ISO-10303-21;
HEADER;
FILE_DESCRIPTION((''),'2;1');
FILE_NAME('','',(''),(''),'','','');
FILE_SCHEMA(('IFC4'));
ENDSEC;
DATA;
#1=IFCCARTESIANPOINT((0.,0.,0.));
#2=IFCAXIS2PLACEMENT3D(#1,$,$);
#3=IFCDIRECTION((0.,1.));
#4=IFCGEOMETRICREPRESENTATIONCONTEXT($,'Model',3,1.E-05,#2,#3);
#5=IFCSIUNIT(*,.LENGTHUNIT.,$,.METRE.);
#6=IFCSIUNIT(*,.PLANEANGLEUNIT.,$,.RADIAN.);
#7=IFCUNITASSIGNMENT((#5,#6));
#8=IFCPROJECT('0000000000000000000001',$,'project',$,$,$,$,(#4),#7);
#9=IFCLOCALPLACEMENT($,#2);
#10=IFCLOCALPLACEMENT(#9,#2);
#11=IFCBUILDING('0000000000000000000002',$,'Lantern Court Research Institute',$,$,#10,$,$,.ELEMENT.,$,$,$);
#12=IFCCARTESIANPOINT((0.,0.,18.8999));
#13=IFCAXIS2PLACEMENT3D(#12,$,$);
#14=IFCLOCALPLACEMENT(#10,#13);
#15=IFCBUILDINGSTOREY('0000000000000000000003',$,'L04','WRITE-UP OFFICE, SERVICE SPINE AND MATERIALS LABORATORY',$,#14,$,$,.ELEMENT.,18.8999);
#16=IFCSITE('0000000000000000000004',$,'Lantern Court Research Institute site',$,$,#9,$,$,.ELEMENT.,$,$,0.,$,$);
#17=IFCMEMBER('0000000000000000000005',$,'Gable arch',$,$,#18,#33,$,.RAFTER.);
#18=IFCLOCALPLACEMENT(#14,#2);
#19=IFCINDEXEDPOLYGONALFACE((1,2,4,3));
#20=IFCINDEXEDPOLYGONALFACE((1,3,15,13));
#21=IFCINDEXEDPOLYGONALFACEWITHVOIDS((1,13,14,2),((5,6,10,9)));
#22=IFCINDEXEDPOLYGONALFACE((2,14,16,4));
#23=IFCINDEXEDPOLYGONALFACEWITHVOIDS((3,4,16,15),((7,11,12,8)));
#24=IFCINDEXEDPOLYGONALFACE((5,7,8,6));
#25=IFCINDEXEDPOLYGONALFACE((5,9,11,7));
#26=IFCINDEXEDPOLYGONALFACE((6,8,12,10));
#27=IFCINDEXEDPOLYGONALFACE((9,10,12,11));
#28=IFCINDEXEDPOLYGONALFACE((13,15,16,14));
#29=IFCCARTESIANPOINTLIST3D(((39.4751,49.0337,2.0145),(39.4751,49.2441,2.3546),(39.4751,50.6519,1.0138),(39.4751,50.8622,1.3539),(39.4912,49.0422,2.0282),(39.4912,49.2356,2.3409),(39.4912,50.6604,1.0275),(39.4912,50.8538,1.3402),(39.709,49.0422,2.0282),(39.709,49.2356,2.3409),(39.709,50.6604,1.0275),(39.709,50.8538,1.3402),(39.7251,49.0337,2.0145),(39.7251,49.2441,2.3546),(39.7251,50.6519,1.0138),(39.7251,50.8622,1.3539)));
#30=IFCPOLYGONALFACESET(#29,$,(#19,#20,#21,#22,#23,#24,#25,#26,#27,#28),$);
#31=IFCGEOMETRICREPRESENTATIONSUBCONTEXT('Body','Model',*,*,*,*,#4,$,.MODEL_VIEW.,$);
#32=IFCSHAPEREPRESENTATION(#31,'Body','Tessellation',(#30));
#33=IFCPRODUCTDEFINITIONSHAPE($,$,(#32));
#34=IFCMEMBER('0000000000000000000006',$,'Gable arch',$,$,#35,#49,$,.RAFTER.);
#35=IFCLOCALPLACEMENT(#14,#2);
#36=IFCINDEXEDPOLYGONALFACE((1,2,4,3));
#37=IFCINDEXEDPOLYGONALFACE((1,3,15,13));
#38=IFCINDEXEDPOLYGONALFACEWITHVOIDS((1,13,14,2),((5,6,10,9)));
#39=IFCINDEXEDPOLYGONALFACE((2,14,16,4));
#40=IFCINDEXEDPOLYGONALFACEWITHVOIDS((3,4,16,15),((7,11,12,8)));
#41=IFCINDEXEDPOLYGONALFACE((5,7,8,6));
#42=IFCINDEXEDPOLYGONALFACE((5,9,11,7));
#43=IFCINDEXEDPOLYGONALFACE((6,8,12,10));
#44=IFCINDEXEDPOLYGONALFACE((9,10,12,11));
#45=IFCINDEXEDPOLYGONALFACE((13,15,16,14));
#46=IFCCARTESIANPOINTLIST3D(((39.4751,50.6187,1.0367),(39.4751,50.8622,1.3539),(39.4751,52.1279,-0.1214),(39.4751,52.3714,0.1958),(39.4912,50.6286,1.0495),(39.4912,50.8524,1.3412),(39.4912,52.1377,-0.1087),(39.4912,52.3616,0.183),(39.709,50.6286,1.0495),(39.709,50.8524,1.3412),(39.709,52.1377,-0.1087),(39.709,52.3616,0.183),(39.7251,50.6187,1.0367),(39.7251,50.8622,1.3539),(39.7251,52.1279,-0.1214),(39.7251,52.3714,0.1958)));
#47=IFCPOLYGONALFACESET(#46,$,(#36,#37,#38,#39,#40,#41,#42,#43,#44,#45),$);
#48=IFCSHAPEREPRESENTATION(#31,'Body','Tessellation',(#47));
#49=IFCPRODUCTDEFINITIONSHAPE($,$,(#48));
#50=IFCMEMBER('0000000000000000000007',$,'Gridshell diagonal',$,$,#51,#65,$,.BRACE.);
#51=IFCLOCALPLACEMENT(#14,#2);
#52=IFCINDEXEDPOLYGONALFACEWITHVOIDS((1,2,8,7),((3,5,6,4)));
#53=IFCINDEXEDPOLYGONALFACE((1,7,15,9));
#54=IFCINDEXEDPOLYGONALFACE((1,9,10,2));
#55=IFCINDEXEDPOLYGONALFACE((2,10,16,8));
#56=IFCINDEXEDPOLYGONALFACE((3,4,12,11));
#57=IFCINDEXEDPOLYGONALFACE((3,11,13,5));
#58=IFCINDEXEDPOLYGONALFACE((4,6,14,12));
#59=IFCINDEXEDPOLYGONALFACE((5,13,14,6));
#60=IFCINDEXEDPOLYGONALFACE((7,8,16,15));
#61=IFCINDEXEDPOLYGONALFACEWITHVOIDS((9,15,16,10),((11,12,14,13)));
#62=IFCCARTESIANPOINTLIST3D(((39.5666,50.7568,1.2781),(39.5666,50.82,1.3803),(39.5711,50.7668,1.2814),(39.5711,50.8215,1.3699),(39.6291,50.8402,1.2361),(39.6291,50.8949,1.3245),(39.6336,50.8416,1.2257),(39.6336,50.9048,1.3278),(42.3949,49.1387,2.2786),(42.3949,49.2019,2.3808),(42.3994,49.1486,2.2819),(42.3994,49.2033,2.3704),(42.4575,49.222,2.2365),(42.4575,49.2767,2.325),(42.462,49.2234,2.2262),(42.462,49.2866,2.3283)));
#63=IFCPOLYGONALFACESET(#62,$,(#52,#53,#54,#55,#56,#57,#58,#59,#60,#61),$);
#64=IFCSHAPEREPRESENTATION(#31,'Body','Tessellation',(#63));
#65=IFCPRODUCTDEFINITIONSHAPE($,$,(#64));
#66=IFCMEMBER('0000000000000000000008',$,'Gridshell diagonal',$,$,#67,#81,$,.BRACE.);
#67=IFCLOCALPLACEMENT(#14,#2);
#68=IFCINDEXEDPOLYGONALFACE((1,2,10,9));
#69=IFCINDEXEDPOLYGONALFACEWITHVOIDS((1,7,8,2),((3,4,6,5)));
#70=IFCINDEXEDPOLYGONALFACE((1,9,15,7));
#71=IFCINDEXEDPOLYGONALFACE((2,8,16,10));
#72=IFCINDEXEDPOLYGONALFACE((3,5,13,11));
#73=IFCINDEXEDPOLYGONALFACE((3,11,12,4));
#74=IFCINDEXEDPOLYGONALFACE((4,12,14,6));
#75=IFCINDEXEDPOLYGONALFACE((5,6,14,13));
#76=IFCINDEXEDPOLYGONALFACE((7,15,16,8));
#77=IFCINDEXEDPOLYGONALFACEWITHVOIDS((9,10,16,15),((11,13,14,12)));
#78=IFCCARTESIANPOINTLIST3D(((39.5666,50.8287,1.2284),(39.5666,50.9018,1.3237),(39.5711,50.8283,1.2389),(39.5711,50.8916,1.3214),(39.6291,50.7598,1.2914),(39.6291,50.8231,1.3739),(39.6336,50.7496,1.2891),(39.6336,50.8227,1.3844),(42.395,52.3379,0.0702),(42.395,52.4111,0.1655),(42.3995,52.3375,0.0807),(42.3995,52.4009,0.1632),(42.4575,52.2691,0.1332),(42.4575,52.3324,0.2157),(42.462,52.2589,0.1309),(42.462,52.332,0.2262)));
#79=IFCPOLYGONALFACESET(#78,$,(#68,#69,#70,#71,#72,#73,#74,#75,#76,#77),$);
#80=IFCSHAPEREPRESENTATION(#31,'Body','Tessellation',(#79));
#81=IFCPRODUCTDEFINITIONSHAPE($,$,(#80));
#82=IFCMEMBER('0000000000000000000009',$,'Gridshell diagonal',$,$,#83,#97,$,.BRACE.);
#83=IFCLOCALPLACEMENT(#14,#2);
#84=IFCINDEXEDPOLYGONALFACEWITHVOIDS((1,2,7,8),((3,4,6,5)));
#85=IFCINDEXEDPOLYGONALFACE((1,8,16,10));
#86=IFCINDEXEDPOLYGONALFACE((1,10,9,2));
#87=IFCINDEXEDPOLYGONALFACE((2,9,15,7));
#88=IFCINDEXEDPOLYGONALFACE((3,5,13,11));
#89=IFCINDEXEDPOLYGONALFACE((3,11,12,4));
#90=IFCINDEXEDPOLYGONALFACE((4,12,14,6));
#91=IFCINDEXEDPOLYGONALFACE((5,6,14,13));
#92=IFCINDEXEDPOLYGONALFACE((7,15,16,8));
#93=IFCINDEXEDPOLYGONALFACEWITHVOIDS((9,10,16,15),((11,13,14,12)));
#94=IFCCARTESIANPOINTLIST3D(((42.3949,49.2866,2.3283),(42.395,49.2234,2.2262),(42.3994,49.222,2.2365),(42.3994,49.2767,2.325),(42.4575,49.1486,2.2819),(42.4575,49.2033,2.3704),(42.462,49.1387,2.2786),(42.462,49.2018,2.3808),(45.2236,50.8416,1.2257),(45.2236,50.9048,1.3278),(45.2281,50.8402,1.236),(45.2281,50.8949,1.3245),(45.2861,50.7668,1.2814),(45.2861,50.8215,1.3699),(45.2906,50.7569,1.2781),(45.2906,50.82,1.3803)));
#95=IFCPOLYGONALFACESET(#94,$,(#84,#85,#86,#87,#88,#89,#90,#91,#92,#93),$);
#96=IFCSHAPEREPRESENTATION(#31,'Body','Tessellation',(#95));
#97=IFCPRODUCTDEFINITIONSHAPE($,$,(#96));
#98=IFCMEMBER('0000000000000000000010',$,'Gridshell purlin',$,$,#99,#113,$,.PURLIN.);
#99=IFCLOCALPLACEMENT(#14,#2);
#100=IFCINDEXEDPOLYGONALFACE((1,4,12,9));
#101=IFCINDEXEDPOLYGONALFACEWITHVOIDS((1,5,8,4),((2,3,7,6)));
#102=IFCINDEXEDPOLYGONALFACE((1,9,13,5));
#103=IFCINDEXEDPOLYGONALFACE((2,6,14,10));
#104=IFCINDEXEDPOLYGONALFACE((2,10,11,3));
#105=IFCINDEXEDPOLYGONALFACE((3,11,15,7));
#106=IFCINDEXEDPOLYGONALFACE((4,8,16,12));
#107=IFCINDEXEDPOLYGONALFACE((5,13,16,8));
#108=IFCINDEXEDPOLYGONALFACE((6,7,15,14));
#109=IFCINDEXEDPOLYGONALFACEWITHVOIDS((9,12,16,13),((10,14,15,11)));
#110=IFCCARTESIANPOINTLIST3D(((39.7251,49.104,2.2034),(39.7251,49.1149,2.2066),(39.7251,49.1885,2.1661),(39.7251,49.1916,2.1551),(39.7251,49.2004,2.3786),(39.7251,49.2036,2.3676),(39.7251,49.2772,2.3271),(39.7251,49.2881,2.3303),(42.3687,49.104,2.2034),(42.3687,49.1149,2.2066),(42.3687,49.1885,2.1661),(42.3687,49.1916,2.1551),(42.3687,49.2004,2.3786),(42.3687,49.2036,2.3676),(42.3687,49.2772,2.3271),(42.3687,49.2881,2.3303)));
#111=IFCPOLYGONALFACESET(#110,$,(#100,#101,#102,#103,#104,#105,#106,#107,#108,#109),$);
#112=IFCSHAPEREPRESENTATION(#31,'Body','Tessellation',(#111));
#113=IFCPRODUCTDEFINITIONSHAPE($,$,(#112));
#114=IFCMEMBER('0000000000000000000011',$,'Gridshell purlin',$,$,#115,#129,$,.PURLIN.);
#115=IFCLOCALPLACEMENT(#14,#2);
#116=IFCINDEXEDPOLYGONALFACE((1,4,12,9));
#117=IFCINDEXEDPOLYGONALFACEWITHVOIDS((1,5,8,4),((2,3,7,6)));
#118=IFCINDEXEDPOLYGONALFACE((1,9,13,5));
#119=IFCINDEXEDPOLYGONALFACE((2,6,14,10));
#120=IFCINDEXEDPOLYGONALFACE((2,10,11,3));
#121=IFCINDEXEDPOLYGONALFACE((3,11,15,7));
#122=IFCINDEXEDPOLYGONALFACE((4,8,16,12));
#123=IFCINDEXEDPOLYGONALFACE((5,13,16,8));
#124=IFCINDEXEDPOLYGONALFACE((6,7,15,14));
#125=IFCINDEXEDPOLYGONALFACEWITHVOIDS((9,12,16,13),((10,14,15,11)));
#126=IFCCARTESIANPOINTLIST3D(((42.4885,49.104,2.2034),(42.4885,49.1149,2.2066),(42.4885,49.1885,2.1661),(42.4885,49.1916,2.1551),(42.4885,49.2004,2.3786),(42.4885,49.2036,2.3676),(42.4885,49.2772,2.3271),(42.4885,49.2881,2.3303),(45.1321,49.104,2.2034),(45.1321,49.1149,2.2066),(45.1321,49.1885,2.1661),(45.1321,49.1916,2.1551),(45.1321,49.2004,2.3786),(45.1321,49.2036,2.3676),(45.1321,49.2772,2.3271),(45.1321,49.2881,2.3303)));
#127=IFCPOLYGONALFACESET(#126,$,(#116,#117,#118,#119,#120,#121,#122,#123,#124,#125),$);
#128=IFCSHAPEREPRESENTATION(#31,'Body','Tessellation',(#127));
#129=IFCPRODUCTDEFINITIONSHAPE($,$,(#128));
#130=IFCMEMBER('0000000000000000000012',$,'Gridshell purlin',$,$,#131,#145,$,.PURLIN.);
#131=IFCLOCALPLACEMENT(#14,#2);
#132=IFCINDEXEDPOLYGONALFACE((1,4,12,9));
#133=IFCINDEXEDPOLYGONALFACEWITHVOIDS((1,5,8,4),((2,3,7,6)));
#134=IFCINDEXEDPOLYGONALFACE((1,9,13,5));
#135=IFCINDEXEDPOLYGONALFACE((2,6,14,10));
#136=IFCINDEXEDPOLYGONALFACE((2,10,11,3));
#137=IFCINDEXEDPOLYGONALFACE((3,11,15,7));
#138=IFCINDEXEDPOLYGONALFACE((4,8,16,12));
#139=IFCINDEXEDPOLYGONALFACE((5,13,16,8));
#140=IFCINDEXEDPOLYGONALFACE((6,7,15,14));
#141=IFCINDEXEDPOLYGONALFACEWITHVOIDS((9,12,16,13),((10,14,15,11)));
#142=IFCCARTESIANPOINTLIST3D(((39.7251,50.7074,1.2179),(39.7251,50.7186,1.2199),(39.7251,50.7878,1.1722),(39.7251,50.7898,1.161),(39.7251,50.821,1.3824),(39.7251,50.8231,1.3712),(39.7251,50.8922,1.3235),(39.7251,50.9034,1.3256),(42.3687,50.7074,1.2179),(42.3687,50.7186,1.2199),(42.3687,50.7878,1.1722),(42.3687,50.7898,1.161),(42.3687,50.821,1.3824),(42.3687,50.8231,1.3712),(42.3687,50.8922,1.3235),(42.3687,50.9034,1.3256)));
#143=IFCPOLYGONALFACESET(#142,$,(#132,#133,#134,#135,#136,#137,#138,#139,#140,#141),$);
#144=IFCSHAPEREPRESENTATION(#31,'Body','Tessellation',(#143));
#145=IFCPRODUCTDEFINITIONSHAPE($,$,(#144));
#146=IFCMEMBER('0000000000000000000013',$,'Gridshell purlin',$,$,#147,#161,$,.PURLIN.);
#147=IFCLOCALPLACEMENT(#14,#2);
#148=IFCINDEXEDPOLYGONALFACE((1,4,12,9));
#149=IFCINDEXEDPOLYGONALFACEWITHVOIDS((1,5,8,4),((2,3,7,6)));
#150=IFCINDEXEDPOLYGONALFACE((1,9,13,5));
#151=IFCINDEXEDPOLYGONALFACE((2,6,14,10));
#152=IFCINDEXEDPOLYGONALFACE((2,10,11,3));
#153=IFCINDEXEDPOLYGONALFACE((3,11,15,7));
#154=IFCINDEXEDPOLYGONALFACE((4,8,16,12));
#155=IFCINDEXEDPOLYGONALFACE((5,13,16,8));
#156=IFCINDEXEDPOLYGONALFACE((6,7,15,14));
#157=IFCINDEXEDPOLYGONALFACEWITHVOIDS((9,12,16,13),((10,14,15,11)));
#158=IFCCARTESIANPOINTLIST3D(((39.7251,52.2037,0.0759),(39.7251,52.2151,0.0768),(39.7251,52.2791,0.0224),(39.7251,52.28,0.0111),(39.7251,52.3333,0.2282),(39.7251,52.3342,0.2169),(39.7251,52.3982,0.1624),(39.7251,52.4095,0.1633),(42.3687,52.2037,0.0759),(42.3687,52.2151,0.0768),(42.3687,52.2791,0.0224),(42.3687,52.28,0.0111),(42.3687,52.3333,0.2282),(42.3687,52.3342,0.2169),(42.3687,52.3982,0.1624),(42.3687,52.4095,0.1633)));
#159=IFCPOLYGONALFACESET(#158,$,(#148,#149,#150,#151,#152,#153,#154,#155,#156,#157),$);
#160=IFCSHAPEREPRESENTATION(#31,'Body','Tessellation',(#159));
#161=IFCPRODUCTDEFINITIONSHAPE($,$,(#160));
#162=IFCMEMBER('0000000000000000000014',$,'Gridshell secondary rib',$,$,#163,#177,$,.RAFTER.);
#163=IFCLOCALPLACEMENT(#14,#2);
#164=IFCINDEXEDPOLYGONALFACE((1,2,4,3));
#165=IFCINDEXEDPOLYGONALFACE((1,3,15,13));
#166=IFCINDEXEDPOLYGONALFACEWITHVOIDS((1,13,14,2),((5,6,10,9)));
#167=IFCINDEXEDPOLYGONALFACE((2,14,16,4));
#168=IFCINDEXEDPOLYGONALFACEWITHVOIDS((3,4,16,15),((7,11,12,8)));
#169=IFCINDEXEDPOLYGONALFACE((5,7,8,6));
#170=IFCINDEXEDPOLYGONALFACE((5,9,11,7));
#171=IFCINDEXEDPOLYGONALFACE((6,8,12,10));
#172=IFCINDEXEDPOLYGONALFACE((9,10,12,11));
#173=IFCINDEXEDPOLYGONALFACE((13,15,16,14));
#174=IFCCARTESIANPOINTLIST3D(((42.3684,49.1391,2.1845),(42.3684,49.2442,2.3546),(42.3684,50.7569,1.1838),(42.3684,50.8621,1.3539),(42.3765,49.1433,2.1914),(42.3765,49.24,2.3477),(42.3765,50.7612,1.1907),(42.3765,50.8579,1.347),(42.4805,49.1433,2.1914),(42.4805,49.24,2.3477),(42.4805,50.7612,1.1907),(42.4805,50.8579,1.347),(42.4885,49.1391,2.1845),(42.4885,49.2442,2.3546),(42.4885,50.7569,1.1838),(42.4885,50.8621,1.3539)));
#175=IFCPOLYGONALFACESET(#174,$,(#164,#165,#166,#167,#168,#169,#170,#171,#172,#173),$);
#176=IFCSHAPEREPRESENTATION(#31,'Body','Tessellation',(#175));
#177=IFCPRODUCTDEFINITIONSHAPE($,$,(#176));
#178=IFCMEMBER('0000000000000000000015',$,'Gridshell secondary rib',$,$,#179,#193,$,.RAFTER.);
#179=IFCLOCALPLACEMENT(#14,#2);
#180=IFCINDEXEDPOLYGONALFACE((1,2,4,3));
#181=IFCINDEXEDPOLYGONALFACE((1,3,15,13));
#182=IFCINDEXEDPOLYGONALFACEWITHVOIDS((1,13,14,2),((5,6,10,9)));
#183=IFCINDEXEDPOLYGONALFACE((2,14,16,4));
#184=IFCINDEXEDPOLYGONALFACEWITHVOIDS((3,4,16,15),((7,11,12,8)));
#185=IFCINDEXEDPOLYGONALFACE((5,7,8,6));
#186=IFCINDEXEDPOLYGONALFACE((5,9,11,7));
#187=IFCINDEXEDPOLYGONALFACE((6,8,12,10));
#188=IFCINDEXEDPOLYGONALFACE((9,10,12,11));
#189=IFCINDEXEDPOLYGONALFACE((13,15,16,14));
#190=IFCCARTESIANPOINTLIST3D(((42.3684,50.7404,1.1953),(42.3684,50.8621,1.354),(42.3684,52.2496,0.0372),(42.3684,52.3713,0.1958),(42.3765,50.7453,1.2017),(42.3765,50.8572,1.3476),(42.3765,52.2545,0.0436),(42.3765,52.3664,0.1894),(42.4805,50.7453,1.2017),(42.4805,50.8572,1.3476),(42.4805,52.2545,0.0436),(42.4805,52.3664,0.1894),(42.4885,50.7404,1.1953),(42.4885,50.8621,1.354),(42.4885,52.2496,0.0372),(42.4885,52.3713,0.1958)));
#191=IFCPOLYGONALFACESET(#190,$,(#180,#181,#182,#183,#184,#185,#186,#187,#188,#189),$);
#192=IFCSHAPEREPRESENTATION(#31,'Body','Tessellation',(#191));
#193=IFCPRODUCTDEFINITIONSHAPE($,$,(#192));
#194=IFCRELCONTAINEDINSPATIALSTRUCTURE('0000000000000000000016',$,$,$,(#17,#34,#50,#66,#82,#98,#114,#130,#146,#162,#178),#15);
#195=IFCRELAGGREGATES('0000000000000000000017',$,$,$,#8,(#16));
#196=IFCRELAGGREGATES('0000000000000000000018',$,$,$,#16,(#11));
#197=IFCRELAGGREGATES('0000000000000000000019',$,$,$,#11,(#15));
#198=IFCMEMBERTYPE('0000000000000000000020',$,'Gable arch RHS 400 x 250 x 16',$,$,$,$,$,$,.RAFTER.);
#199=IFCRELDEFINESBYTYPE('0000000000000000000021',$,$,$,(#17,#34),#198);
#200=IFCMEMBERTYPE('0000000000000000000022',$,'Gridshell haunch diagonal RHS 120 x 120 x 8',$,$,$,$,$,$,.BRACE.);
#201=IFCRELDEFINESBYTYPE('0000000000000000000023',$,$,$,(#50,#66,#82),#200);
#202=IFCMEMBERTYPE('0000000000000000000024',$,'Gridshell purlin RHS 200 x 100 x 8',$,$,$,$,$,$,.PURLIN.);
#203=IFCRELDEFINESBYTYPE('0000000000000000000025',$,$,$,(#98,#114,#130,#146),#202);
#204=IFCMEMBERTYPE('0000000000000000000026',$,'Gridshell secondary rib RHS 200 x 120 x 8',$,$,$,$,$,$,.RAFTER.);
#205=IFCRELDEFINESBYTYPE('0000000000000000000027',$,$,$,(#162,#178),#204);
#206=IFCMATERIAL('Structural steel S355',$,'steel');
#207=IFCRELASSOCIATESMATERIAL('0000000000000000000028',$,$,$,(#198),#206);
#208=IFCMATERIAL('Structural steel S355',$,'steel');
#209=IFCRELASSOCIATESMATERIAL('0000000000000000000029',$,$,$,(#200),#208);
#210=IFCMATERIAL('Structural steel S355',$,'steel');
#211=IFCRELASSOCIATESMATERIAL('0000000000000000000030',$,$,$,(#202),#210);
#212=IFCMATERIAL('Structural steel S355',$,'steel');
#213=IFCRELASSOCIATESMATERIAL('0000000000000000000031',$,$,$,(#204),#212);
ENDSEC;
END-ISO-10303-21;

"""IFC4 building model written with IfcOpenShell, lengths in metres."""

from ifc_helpers import new_model, si_unit, direction, frame, origin, origin_2d, place, context, subcontext, project, spatial, hollow_rectangle, extrude, material, material_profile, profile_set, type_object, element, save


model = new_model("IFC4")

# Units and contexts
model_context = context("Model", 3, precision=1e-05, world=origin(), true_north=direction((0.0, 1.0)))
body_context = subcontext(model_context, "Body", "Model", "MODEL_VIEW")
ifc_project = project(units=[si_unit("LENGTHUNIT", "METRE"), si_unit("PLANEANGLEUNIT", "RADIAN")], contexts=[model_context])

# Site, building, storey
site_placement = place(None, origin())
site = spatial("IfcSite", under=ifc_project, at=site_placement, Name="Lantern Court Research Institute site", CompositionType="ELEMENT", RefElevation=0.0)
building_placement = place(site_placement, origin())
building = spatial("IfcBuilding", under=site, at=building_placement, Name="Lantern Court Research Institute", CompositionType="ELEMENT")
storey_placement = place(building_placement, frame((0.0, 0.0, 18.8999)))
storey = spatial("IfcBuildingStorey", under=building, at=storey_placement, Name="L04", Description="WRITE-UP OFFICE, SERVICE SPINE AND MATERIALS LABORATORY", CompositionType="ELEMENT", Elevation=18.8999)

# Members
ifc_material_1 = material(Name="Structural steel S355", Category="steel")
ifc_material_profile_1 = material_profile(ifc_material_1, hollow_rectangle(XDim=0.25, YDim=0.3999, WallThickness=0.0161, at=origin_2d()), Name="Gable arch RHS 400 x 250 x 16")
ifc_profile_set_1 = profile_set([ifc_material_profile_1], Name="Structural steel S355")
member_type_1 = type_object("IfcMemberType", Name="Gable arch RHS 400 x 250 x 16", PredefinedType="RAFTER", material=ifc_profile_set_1)
member_1_placement = place(storey_placement, frame((39.6001, 49.1389, 2.1846), z_axis=(0.0, 0.850498, -0.525979), x_axis=(-1.0, 0.0, 0.0)))
element("IfcMember", 1, at=member_1_placement, inside=storey, type_object=member_type_1, Name="Gable arch", PredefinedType="RAFTER", context=body_context, shape_type="SweptSolid", body=[
    extrude(hollow_rectangle(XDim=0.25, YDim=0.3999, WallThickness=0.0161, at=origin_2d()), origin(), (0.0, 0.0, 1.0), 1.9026),
])
member_2_placement = place(storey_placement, frame((39.6001, 50.7405, 1.1953), z_axis=(0.0, 0.79333, -0.608792), x_axis=(-1.0, 0.0, 0.0)))
element("IfcMember", 2, at=member_2_placement, inside=storey, type_object=member_type_1, Name="Gable arch", PredefinedType="RAFTER", context=body_context, shape_type="SweptSolid", body=[
    extrude(hollow_rectangle(XDim=0.25, YDim=0.3999, WallThickness=0.0161, at=origin_2d()), origin(), (0.0, 0.0, 1.0), 1.9023),
])
ifc_material_2 = material(Name="Structural steel S355", Category="steel")
ifc_material_profile_2 = material_profile(ifc_material_2, hollow_rectangle(XDim=0.1201, YDim=0.1201, WallThickness=0.0081, at=origin_2d()), Name="Gridshell haunch diagonal RHS 120 x 120 x 8")
ifc_profile_set_2 = profile_set([ifc_material_profile_2], Name="Structural steel S355")
member_type_2 = type_object("IfcMemberType", Name="Gridshell haunch diagonal RHS 120 x 120 x 8", PredefinedType="BRACE", material=ifc_profile_set_2)
for number, where, z_axis, x_axis, name in (
    (3, (42.4285, 49.2126, 2.3035), (-0.829755, 0.474719, -0.293512), (-0.558128, -0.705699, 0.436442), "Gridshell diagonal"),
    (4, (39.6001, 50.8257, 1.3064), (0.829758, 0.442776, -0.339782), (-0.558124, 0.658254, -0.505172), "Gridshell diagonal"),
):
    element("IfcMember", number, at=place(storey_placement, frame(where, z_axis=z_axis, x_axis=x_axis)), inside=storey, type_object=member_type_2, Name=name, PredefinedType="BRACE", context=body_context, shape_type="SweptSolid", body=[
        extrude(hollow_rectangle(XDim=0.1201, YDim=0.1201, WallThickness=0.0081, at=origin_2d()), origin(), (0.0, 0.0, 1.0), 3.4087),
    ])
member_3_placement = place(storey_placement, frame((42.4285, 49.2126, 2.3035), z_axis=(0.829777, 0.47469, -0.293494), x_axis=(-0.558095, 0.705724, -0.436444)))
element("IfcMember", 5, at=member_3_placement, inside=storey, type_object=member_type_2, Name="Gridshell diagonal", PredefinedType="BRACE", context=body_context, shape_type="SweptSolid", body=[
    extrude(hollow_rectangle(XDim=0.1201, YDim=0.1201, WallThickness=0.0081, at=origin_2d()), origin(), (0.0, 0.0, 1.0), 3.4089),
])
ifc_material_3 = material(Name="Structural steel S355", Category="steel")
ifc_material_profile_3 = material_profile(ifc_material_3, hollow_rectangle(XDim=0.1001, YDim=0.2, WallThickness=0.0081, at=origin_2d()), Name="Gridshell purlin RHS 200 x 100 x 8")
ifc_profile_set_3 = profile_set([ifc_material_profile_3], Name="Structural steel S355")
member_type_3 = type_object("IfcMemberType", Name="Gridshell purlin RHS 200 x 100 x 8", PredefinedType="PURLIN", material=ifc_profile_set_3)
for number, where, z_axis, x_axis, name in (
    (6, (39.7251, 49.196, 2.2668), (1.0, 0.0, 0.0), (0.0, 0.875897, -0.482497), "Gridshell purlin"),
    (7, (42.4885, 49.196, 2.2668), (1.0, 0.0, 0.0), (0.0, 0.875897, -0.482497), "Gridshell purlin"),
    (8, (39.7251, 50.8054, 1.2717), (1.0, 0.0, 0.0), (0.0, 0.822954, -0.568108), "Gridshell purlin"),
    (9, (39.7251, 52.3066, 0.1196), (1.0, 0.0, 0.0), (0.0, 0.761673, -0.647962), "Gridshell purlin"),
):
    element("IfcMember", number, at=place(storey_placement, frame(where, z_axis=z_axis, x_axis=x_axis)), inside=storey, type_object=member_type_3, Name=name, PredefinedType="PURLIN", context=body_context, shape_type="SweptSolid", body=[
        extrude(hollow_rectangle(XDim=0.1001, YDim=0.2, WallThickness=0.0081, at=origin_2d()), origin(), (0.0, 0.0, 1.0), 2.6436),
    ])
ifc_material_4 = material(Name="Structural steel S355", Category="steel")
ifc_material_profile_4 = material_profile(ifc_material_4, hollow_rectangle(XDim=0.1201, YDim=0.2, WallThickness=0.0081, at=origin_2d()), Name="Gridshell secondary rib RHS 200 x 120 x 8")
ifc_profile_set_4 = profile_set([ifc_material_profile_4], Name="Structural steel S355")
member_type_4 = type_object("IfcMemberType", Name="Gridshell secondary rib RHS 200 x 120 x 8", PredefinedType="RAFTER", material=ifc_profile_set_4)
for number, where, z_axis, x_axis, name in (
    (10, (42.4285, 49.1917, 2.2695), (0.0, 0.850462, -0.526036), (-1.0, 0.0, 0.0), "Gridshell secondary rib"),
    (11, (42.4285, 50.8013, 1.2747), (0.0, 0.79333, -0.608792), (-1.0, 0.0, 0.0), "Gridshell secondary rib"),
):
    element("IfcMember", number, at=place(storey_placement, frame(where, z_axis=z_axis, x_axis=x_axis)), inside=storey, type_object=member_type_4, Name=name, PredefinedType="RAFTER", context=body_context, shape_type="SweptSolid", body=[
        extrude(hollow_rectangle(XDim=0.1201, YDim=0.2, WallThickness=0.0081, at=origin_2d()), origin(), (0.0, 0.0, 1.0), 1.9023),
    ])

save(model, "model.ifc")
